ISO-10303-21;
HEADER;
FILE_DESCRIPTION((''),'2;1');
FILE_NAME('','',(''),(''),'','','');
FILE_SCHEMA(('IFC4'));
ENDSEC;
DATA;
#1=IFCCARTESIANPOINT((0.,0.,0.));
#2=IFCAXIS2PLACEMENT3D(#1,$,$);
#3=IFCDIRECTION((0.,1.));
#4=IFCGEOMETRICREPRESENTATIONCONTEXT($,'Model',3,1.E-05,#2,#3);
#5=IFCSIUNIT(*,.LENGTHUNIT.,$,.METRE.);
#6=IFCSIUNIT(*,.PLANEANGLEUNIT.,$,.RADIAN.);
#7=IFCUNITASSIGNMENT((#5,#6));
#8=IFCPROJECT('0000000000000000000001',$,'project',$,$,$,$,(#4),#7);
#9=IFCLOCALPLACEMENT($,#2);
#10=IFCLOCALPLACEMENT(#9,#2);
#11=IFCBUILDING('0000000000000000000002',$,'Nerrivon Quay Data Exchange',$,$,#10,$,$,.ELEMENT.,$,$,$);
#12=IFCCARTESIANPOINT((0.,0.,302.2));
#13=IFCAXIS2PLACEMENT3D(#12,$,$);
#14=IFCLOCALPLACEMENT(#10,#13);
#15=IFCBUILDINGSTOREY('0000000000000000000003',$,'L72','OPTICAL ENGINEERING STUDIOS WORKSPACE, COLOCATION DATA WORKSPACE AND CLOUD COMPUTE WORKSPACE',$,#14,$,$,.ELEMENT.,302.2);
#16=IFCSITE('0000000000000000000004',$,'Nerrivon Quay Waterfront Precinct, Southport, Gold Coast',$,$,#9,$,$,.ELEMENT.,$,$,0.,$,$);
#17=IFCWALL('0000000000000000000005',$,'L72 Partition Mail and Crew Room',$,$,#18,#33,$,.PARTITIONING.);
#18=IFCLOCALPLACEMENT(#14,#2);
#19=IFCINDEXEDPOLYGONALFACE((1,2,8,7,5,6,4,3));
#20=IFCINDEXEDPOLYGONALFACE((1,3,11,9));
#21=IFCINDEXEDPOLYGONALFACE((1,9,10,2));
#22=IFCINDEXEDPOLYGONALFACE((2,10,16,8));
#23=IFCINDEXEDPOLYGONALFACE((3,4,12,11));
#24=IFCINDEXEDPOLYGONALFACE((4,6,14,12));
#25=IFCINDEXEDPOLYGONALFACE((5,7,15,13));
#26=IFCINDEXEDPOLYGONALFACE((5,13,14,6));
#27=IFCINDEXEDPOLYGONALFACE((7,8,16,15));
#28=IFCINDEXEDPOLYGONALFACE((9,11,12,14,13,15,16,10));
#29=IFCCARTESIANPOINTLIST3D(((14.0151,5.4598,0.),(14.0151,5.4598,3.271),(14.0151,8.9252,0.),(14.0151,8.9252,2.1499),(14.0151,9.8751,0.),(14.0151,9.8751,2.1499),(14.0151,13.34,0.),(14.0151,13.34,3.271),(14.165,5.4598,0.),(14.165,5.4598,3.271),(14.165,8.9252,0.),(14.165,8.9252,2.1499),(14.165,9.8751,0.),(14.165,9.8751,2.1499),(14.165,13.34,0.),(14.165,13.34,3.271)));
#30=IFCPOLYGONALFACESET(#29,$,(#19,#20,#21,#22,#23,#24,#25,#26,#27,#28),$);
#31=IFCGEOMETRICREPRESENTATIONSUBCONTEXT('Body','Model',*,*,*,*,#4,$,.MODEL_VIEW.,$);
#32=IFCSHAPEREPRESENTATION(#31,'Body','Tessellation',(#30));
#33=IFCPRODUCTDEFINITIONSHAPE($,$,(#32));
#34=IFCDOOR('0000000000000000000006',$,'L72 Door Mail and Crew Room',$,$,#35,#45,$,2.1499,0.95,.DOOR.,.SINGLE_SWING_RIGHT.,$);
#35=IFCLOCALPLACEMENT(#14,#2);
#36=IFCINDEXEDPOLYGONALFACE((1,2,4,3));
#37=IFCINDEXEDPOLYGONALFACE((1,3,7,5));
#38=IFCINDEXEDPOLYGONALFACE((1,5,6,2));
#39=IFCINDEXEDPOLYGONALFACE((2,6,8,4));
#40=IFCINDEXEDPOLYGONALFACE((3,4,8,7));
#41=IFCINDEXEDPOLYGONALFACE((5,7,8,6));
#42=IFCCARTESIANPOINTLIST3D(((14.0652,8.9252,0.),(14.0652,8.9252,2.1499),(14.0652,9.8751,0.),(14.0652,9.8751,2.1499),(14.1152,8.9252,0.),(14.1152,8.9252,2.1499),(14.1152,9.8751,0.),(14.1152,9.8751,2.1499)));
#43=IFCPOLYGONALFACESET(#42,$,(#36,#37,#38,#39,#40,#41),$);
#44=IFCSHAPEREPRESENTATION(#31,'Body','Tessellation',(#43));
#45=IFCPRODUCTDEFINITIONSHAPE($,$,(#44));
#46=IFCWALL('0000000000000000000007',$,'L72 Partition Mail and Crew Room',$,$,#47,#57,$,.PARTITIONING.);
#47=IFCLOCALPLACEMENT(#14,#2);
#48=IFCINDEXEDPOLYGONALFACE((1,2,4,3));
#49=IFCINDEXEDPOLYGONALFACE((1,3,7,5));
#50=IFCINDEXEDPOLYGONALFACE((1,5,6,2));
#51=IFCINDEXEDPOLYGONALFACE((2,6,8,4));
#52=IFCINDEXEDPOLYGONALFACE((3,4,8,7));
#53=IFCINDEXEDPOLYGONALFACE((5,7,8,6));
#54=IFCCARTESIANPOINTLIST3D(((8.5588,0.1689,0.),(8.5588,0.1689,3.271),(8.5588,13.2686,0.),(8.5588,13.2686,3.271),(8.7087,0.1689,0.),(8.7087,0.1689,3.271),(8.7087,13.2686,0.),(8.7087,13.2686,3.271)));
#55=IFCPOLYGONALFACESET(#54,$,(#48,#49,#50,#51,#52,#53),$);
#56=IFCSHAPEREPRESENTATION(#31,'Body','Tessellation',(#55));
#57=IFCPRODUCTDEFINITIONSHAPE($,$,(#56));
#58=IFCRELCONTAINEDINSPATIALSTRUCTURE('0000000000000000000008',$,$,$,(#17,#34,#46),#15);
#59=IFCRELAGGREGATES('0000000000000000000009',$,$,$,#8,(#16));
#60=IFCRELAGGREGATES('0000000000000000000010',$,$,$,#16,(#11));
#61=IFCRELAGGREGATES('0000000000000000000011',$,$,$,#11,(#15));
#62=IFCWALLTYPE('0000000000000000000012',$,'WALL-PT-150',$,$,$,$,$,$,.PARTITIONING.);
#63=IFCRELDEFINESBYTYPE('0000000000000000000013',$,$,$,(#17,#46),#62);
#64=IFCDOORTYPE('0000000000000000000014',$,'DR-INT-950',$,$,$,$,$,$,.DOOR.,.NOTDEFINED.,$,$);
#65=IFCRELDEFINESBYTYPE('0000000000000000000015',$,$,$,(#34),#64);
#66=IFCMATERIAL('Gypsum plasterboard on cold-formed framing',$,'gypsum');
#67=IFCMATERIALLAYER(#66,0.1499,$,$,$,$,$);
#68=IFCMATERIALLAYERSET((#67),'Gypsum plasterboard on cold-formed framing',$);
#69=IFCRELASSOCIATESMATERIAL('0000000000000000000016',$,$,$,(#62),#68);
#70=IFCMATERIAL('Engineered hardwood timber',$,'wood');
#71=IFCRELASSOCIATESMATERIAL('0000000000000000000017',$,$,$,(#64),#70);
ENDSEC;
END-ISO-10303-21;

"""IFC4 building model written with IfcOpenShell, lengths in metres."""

from ifc_helpers import new_model, si_unit, direction, frame, frame_2d, origin, place, context, subcontext, project, spatial, rectangle, extrude, material, layer, layer_set, type_object, element, fill, save


model = new_model("IFC4")

# Units and contexts
model_context = context("Model", 3, precision=1e-05, world=origin(), true_north=direction((0.0, 1.0)))
body_context = subcontext(model_context, "Body", "Model", "MODEL_VIEW")
ifc_project = project(units=[si_unit("LENGTHUNIT", "METRE"), si_unit("PLANEANGLEUNIT", "RADIAN")], contexts=[model_context])

# Site, building, storey
site_placement = place(None, origin())
site = spatial("IfcSite", under=ifc_project, at=site_placement, Name="Nerrivon Quay Waterfront Precinct, Southport, Gold Coast", CompositionType="ELEMENT", RefElevation=0.0)
building_placement = place(site_placement, origin())
building = spatial("IfcBuilding", under=site, at=building_placement, Name="Nerrivon Quay Data Exchange", CompositionType="ELEMENT")
storey_placement = place(building_placement, frame((0.0, 0.0, 302.2)))
storey = spatial("IfcBuildingStorey", under=building, at=storey_placement, Name="L72", Description="OPTICAL ENGINEERING STUDIOS WORKSPACE, COLOCATION DATA WORKSPACE AND CLOUD COMPUTE WORKSPACE", CompositionType="ELEMENT", Elevation=302.2)

# Shared definitions
ifc_material_1 = material(Name="Gypsum plasterboard on cold-formed framing", Category="gypsum")
ifc_material_2 = material(Name="Engineered hardwood timber", Category="wood")

# Wall, opening, door
ifc_layer_1 = layer(ifc_material_1, 0.1499)
ifc_layer_set_1 = layer_set([ifc_layer_1], Name="Gypsum plasterboard on cold-formed framing")
wall_type_1 = type_object("IfcWallType", Name="WALL-PT-150", PredefinedType="PARTITIONING", material=ifc_layer_set_1)
door_type_1 = type_object("IfcDoorType", Name="DR-INT-950", OperationType="NOTDEFINED", PredefinedType="DOOR", material=ifc_material_2)
wall_1_placement = place(storey_placement, frame((14.0901, 5.46, 0.0), z_axis=(0.0, 0.0, 1.0), x_axis=(0.0, 1.0, 0.0)))
wall_1 = element("IfcWall", 1, at=wall_1_placement, inside=storey, type_object=wall_type_1, Name="L72 Partition Mail and Crew Room", PredefinedType="PARTITIONING", context=body_context, shape_type="SweptSolid", body=[
    extrude(rectangle(XDim=7.8801, YDim=0.1499, at=frame_2d((3.9399, 0.0))), origin(), (0.0, 0.0, 1.0), 3.271),
])
opening_1_placement = place(wall_1_placement, frame((3.4651, 0.0, 0.0)))
opening_1 = element("IfcOpeningElement", 2, at=opening_1_placement, cuts=wall_1, PredefinedType="OPENING", context=body_context, shape_type="SweptSolid", body=[
    extrude(rectangle(XDim=0.95, YDim=2.1499, at=frame_2d((0.4751, 1.075))), frame((0.0, 0.085, 0.0), z_axis=(0.0, -1.0, 0.0), x_axis=(1.0, 0.0, 0.0)), (0.0, 0.0, 1.0), 0.1699),
])
door_1_placement = place(opening_1_placement, origin())
door_1 = element("IfcDoor", 3, at=door_1_placement, inside=storey, type_object=door_type_1, Name="L72 Door Mail and Crew Room", OperationType="SINGLE_SWING_RIGHT", OverallHeight=2.1499, OverallWidth=0.95, PredefinedType="DOOR", context=body_context, shape_type="SweptSolid", body=[
    extrude(rectangle(XDim=0.95, YDim=2.1499, at=frame_2d((0.4751, 1.075))), frame((0.0, 0.0249, 0.0), z_axis=(0.0, -1.0, 0.0), x_axis=(1.0, 0.0, 0.0)), (0.0, 0.0, 1.0), 0.05),
])
fill(opening_1, door_1)

# Wall
wall_2_placement = place(storey_placement, frame((8.6338, 13.2686, 0.0), z_axis=(0.0, 0.0, 1.0), x_axis=(0.0, -1.0, 0.0)))
element("IfcWall", 4, at=wall_2_placement, inside=storey, type_object=wall_type_1, Name="L72 Partition Mail and Crew Room", PredefinedType="PARTITIONING", context=body_context, shape_type="SweptSolid", body=[
    extrude(rectangle(XDim=13.0996, YDim=0.1499, at=frame_2d((6.5498, 0.0))), origin(), (0.0, 0.0, 1.0), 3.271),
])

save(model, "model.ifc")
